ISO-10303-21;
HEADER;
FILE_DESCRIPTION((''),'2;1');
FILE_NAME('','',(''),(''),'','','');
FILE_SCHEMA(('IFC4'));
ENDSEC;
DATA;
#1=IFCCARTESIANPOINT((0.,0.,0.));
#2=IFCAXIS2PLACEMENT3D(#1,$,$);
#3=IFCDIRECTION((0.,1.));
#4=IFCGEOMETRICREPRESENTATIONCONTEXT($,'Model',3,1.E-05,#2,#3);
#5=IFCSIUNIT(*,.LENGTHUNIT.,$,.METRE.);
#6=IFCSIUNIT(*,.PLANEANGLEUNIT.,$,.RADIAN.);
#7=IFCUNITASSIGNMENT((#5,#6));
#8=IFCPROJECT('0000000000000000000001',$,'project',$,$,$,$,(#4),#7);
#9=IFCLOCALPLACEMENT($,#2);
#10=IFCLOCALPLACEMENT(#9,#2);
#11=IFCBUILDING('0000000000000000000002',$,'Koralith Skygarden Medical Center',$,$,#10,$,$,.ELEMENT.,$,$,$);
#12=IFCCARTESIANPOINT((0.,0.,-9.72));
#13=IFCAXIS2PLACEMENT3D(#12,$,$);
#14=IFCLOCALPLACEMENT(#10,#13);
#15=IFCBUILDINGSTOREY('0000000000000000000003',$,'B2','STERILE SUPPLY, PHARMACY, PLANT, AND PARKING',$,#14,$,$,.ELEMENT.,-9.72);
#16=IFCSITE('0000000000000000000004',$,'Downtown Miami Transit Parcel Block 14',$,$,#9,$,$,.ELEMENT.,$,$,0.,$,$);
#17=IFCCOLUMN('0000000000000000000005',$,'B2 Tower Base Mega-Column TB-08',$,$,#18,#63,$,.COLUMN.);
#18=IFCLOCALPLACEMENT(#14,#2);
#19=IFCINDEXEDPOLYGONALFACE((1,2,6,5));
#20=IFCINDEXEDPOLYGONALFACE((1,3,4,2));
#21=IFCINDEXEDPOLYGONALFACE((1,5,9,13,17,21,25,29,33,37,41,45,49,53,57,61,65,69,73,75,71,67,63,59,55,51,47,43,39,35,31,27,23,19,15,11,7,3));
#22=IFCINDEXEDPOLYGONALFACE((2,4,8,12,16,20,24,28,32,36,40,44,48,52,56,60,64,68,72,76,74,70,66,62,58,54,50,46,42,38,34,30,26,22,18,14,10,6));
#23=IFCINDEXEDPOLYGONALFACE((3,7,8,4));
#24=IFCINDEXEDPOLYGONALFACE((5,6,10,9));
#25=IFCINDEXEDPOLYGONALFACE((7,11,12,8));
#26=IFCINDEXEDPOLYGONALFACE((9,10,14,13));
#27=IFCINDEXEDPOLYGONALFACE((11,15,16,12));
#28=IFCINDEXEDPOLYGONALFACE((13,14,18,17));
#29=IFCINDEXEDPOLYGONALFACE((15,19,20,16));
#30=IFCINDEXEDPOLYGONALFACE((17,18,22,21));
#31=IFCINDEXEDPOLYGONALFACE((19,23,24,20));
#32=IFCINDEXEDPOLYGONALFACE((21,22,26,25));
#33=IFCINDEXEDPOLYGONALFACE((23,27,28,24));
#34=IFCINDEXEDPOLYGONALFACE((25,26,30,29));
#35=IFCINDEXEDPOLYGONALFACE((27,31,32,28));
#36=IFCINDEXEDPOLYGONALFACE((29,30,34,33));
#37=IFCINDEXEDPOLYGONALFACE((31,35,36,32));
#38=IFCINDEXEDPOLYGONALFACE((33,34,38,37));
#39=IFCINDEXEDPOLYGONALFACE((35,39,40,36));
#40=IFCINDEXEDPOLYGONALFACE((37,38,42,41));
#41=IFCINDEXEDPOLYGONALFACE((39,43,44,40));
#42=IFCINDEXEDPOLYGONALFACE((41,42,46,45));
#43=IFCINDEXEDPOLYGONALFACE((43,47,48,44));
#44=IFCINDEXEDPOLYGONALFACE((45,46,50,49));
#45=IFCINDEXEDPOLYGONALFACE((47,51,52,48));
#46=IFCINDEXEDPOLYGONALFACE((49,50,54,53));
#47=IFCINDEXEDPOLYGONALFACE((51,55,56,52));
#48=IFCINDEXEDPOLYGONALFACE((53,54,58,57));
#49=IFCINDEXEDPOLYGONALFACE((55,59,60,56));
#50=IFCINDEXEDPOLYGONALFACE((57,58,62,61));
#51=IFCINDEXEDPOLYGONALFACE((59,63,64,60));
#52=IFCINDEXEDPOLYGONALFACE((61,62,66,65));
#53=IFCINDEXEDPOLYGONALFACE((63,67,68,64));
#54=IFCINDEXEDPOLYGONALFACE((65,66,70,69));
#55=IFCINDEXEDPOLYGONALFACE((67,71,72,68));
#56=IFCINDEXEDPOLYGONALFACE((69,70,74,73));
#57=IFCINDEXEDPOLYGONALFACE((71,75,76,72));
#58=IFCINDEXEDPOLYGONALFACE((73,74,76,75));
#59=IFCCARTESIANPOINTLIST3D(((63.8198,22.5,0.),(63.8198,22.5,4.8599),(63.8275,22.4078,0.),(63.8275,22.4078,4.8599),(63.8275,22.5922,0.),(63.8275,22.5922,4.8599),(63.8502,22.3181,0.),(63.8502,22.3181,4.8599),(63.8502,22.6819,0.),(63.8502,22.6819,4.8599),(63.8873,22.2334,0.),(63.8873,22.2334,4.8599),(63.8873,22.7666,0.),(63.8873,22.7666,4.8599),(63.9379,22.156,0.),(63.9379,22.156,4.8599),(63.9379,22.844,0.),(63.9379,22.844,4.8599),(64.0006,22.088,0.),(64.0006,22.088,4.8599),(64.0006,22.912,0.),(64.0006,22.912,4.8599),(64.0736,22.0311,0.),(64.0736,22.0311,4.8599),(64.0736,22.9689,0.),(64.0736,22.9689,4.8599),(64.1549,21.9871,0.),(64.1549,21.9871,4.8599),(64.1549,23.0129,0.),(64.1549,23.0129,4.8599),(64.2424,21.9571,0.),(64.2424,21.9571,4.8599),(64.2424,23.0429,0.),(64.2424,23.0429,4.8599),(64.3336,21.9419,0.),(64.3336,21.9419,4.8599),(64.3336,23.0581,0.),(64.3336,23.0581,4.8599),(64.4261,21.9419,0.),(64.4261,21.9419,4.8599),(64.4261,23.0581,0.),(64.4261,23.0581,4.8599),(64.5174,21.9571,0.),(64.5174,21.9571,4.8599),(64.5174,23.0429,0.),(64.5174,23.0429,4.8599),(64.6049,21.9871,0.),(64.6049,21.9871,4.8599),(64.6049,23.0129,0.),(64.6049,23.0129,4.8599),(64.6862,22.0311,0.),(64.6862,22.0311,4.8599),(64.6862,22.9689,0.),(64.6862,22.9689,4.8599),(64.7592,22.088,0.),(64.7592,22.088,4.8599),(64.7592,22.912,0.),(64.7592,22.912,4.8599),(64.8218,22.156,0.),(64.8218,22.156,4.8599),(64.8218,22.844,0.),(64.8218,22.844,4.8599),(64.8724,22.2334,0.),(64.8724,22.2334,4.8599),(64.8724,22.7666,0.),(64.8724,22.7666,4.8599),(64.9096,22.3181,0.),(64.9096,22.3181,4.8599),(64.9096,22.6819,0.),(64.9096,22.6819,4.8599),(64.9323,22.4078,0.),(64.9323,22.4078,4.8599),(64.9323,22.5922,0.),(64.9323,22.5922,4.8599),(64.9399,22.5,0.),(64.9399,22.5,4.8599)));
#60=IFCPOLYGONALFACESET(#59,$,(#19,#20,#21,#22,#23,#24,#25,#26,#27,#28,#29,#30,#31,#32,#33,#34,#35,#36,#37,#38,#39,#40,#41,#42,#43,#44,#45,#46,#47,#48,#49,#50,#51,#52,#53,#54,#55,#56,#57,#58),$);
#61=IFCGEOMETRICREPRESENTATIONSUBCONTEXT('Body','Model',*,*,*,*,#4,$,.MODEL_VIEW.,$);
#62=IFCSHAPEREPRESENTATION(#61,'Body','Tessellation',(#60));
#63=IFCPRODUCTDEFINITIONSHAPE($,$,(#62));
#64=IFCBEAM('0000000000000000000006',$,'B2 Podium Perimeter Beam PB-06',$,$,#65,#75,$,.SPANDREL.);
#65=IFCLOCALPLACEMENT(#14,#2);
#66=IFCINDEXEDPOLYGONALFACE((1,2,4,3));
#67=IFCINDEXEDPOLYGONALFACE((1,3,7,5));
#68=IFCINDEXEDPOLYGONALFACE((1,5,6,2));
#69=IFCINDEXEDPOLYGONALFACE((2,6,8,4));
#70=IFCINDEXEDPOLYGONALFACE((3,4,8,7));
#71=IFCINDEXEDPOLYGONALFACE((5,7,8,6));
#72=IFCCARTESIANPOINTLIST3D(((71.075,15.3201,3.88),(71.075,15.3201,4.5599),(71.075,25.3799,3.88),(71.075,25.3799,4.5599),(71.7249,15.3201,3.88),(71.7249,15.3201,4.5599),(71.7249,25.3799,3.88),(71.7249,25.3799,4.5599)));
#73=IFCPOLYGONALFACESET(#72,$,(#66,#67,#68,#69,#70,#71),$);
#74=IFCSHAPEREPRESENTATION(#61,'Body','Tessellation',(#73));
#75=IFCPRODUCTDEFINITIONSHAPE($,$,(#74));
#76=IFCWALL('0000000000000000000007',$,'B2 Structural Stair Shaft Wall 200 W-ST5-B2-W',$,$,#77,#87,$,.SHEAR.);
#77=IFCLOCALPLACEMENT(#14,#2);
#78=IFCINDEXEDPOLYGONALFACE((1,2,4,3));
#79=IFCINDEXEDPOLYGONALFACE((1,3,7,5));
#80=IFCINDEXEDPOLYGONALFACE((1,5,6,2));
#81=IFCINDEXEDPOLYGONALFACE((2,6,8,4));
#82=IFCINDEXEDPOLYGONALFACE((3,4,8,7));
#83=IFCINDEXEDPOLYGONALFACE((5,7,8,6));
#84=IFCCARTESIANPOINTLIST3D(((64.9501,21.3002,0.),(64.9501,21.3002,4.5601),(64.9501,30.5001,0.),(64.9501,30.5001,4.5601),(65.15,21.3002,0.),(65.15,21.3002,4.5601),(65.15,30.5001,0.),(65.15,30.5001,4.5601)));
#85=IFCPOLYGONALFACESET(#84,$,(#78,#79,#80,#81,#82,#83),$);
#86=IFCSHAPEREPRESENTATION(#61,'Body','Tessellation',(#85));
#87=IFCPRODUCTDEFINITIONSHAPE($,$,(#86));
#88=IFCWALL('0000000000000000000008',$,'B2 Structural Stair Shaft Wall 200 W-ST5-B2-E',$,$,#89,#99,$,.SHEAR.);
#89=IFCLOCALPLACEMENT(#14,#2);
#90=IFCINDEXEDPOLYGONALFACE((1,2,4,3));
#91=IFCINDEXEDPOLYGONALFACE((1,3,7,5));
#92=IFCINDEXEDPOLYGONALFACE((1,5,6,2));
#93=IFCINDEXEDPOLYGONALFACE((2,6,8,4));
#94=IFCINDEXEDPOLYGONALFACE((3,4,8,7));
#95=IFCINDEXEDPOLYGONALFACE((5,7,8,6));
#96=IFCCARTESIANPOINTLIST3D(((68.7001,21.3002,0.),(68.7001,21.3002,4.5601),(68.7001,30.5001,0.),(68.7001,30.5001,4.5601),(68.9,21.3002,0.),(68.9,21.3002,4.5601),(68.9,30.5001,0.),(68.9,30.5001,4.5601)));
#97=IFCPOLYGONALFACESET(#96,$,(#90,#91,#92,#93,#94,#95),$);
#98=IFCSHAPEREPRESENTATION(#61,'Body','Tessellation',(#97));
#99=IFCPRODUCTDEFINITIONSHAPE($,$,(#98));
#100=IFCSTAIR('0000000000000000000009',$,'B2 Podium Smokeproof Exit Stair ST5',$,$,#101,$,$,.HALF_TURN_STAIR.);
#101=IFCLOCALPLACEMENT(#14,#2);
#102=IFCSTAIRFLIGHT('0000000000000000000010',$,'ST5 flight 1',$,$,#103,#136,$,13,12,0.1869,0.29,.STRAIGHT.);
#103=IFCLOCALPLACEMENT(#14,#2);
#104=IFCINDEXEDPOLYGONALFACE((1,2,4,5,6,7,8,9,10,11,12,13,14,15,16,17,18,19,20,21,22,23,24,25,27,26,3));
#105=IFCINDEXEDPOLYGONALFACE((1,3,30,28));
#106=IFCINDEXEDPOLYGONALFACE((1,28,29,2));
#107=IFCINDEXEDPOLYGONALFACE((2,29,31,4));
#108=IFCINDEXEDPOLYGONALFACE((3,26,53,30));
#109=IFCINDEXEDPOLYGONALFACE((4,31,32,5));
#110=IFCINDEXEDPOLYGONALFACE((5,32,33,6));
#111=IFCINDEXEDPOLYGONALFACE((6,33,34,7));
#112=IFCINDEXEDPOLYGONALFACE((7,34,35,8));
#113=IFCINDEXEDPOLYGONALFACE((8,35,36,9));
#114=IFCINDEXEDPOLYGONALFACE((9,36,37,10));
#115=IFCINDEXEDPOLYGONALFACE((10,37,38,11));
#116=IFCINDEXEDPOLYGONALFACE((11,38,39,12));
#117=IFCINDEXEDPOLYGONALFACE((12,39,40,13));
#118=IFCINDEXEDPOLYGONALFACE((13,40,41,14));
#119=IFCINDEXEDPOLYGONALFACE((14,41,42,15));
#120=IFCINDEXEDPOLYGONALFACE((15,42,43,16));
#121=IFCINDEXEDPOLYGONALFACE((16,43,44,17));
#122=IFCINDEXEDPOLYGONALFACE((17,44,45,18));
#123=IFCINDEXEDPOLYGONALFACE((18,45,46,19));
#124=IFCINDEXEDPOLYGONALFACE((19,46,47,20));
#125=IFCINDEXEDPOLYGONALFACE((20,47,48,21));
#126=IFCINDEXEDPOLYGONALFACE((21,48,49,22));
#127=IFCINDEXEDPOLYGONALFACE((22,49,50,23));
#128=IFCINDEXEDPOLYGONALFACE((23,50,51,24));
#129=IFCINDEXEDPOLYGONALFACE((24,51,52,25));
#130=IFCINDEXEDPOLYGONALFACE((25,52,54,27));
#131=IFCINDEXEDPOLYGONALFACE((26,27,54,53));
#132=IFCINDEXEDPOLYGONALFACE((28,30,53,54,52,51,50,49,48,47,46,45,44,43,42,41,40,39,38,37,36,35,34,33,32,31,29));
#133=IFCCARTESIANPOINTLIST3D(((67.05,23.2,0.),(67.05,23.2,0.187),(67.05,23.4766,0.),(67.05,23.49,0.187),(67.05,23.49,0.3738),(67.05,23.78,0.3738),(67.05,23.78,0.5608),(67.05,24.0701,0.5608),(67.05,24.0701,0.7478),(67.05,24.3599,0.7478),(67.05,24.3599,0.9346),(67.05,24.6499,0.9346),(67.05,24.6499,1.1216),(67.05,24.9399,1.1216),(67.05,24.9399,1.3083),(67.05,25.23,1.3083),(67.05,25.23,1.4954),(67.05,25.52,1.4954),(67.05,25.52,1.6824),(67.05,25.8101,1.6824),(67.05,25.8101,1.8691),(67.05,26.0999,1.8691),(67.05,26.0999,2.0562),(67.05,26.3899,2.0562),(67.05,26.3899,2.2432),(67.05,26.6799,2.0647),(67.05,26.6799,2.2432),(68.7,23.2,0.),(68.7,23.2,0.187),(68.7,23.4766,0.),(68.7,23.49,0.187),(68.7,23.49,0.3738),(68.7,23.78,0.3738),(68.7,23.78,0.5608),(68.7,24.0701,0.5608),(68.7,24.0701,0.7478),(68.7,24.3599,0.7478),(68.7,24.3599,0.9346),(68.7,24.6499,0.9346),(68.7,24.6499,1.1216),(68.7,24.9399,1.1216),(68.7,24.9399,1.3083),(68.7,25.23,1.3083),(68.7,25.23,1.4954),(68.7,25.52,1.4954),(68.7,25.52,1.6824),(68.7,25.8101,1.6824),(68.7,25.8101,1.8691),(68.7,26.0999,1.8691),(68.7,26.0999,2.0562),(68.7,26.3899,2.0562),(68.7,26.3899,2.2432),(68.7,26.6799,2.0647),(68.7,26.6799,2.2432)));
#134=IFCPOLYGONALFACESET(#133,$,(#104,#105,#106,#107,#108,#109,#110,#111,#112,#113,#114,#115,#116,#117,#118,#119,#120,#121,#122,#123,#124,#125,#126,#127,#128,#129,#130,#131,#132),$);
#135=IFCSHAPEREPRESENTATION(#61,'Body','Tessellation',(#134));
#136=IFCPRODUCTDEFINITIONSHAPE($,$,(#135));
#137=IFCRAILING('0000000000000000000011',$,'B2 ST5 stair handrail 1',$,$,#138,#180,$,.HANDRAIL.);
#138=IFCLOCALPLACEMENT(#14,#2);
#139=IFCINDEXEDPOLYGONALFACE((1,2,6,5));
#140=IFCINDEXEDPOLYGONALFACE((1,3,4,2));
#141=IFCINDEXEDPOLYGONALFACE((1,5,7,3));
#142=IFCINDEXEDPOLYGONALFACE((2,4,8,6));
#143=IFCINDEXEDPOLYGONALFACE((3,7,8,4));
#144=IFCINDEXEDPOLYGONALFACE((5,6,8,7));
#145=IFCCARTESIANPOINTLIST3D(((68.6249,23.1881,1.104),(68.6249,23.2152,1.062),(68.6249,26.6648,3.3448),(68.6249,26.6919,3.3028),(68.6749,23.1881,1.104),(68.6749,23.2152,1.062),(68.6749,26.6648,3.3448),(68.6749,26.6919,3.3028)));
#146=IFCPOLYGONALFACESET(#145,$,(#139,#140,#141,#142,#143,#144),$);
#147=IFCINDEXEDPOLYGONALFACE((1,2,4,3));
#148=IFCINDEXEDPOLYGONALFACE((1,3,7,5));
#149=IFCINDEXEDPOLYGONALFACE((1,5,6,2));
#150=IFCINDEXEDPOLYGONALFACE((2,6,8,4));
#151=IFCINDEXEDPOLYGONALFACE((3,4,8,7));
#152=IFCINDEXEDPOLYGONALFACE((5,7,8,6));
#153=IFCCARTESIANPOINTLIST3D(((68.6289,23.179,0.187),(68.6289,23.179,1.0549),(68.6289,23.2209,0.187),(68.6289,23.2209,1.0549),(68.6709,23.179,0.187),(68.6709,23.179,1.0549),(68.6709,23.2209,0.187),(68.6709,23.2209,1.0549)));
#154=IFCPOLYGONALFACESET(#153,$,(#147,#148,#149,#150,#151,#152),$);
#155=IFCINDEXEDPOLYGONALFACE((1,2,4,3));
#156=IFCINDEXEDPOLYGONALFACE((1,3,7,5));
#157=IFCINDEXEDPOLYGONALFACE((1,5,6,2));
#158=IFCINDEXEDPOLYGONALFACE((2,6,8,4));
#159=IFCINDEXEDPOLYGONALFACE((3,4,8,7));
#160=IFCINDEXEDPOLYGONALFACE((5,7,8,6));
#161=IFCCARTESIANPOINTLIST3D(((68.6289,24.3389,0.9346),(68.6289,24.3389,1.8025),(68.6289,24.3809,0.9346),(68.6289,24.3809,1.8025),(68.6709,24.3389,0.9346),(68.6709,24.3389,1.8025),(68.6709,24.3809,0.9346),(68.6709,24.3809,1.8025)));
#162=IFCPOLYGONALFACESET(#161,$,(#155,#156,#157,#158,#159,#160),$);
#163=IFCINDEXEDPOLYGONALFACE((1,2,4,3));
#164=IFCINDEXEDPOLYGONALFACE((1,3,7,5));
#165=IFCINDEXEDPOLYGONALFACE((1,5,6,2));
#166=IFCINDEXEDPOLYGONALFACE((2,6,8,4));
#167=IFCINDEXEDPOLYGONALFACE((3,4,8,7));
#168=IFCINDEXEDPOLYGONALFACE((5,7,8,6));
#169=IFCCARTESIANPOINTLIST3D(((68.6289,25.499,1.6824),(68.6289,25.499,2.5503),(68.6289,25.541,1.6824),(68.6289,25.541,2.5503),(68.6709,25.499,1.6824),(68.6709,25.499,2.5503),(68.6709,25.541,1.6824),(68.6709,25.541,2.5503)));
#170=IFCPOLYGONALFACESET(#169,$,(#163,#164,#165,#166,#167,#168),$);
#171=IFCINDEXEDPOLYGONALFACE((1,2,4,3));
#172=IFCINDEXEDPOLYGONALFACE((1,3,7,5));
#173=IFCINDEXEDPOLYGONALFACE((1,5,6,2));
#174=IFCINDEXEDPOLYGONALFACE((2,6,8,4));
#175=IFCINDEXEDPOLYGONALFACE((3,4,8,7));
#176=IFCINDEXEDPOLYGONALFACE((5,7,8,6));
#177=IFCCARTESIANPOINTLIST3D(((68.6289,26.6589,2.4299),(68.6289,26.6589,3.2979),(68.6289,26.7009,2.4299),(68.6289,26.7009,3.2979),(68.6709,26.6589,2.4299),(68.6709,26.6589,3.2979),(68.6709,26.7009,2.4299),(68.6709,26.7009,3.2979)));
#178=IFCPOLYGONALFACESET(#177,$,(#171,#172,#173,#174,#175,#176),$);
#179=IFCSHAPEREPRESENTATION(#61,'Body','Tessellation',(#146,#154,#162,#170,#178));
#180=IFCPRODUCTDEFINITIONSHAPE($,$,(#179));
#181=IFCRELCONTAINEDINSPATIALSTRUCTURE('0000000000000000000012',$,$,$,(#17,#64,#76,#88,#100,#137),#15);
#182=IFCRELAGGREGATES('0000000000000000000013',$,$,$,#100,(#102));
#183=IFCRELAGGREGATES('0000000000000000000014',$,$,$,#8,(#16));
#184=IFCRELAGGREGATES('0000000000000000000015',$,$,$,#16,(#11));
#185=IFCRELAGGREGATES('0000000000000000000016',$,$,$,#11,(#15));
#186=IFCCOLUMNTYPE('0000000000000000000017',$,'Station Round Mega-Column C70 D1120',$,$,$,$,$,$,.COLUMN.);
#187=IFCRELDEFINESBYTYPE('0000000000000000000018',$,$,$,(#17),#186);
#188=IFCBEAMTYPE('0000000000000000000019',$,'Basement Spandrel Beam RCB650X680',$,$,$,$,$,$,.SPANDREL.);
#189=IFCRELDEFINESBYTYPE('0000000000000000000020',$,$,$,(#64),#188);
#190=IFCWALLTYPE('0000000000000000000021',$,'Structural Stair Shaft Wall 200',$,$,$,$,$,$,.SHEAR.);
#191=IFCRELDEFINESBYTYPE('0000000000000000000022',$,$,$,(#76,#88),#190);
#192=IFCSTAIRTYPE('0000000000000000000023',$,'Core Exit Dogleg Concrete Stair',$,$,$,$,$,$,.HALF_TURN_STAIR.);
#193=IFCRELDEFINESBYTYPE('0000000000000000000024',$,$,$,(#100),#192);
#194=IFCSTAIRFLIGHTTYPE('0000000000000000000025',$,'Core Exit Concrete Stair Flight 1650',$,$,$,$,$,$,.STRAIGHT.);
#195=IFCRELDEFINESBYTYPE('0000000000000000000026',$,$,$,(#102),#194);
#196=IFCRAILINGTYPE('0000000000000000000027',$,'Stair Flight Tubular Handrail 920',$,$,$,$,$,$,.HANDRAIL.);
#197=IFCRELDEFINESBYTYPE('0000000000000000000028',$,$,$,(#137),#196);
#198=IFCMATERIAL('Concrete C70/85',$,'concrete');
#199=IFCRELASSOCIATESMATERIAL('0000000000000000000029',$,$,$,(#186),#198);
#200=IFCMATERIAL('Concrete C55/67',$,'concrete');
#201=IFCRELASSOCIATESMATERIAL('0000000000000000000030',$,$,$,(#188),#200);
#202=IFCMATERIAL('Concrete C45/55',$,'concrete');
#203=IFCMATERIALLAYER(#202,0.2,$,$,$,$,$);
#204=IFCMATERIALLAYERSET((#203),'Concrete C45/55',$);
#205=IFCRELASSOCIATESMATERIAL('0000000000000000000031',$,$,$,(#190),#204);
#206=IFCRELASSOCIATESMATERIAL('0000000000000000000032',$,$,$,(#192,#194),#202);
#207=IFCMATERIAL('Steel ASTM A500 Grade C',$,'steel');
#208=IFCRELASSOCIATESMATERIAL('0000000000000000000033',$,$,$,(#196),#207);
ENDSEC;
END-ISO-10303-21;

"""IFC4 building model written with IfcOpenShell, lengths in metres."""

from ifc_helpers import new_model, si_unit, direction, frame, frame_2d, origin, origin_2d, place, context, subcontext, project, spatial, polyline, rectangle, circle, outline, extrude, material, layer, layer_set, material_profile, profile_set, type_object, element, aggregate, save


model = new_model("IFC4")

# Units and contexts
model_context = context("Model", 3, precision=1e-05, world=origin(), true_north=direction((0.0, 1.0)))
body_context = subcontext(model_context, "Body", "Model", "MODEL_VIEW")
ifc_project = project(units=[si_unit("LENGTHUNIT", "METRE"), si_unit("PLANEANGLEUNIT", "RADIAN")], contexts=[model_context])

# Site, building, storey
site_placement = place(None, origin())
site = spatial("IfcSite", under=ifc_project, at=site_placement, Name="Downtown Miami Transit Parcel Block 14", CompositionType="ELEMENT", RefElevation=0.0)
building_placement = place(site_placement, origin())
building = spatial("IfcBuilding", under=site, at=building_placement, Name="Koralith Skygarden Medical Center", CompositionType="ELEMENT")
storey_placement = place(building_placement, frame((0.0, 0.0, -9.72)))
storey = spatial("IfcBuildingStorey", under=building, at=storey_placement, Name="B2", Description="STERILE SUPPLY, PHARMACY, PLANT, AND PARKING", CompositionType="ELEMENT", Elevation=-9.72)

# Shared definitions
ifc_material_1 = material(Name="Concrete C55/67", Category="concrete")

# Shared definitions
ifc_material_2 = material(Name="Concrete C45/55", Category="concrete")

# Column
ifc_material_3 = material(Name="Concrete C70/85", Category="concrete")
ifc_material_profile_1 = material_profile(ifc_material_3, circle(Radius=0.5601, at=origin_2d()), Name="RCCOL1120")
ifc_profile_set_1 = profile_set([ifc_material_profile_1], Name="Concrete C70/85")
column_type_1 = type_object("IfcColumnType", Name="Station Round Mega-Column C70 D1120", PredefinedType="COLUMN", material=ifc_profile_set_1)
column_1_placement = place(storey_placement, frame((64.3799, 22.5, 0.0), z_axis=(0.0, 0.0, 1.0), x_axis=(1.0, 0.0, 0.0)))
element("IfcColumn", 1, at=column_1_placement, inside=storey, type_object=column_type_1, Name="B2 Tower Base Mega-Column TB-08", PredefinedType="COLUMN", context=body_context, shape_type="SweptSolid", body=[
    extrude(circle(Radius=0.5601, at=origin_2d()), origin(), (0.0, 0.0, 1.0), 4.8599),
])

# Beam
ifc_material_profile_2 = material_profile(ifc_material_1, rectangle(XDim=0.6499, YDim=0.6799, at=origin_2d()), Name="RCB650X680")
ifc_profile_set_2 = profile_set([ifc_material_profile_2], Name="Concrete C55/67")
beam_type = type_object("IfcBeamType", Name="Basement Spandrel Beam RCB650X680", PredefinedType="SPANDREL", material=ifc_profile_set_2)
beam_placement = place(storey_placement, frame((71.3999, 15.3201, 4.22), z_axis=(0.0, 1.0, 0.0), x_axis=(-1.0, 0.0, 0.0)))
element("IfcBeam", 2, at=beam_placement, inside=storey, type_object=beam_type, Name="B2 Podium Perimeter Beam PB-06", PredefinedType="SPANDREL", context=body_context, shape_type="SweptSolid", body=[
    extrude(rectangle(XDim=0.6499, YDim=0.6799, at=origin_2d()), origin(), (0.0, 0.0, 1.0), 10.0598),
])

# Shared definitions
ifc_layer = layer(ifc_material_2, 0.2)
ifc_layer_set = layer_set([ifc_layer], Name="Concrete C45/55")
wall_type = type_object("IfcWallType", Name="Structural Stair Shaft Wall 200", PredefinedType="SHEAR", material=ifc_layer_set)
ifc_material_4 = material(Name="Steel ASTM A500 Grade C", Category="steel")

# Walls
for number, where, z_axis, x_axis, name in (
    (3, (65.05, 21.3, 0.0), (0.0, 0.0, 1.0), (0.0, 1.0, 0.0), "B2 Structural Stair Shaft Wall 200 W-ST5-B2-W"),
    (4, (68.8, 21.3, 0.0), (0.0, 0.0, 1.0), (0.0, 1.0, 0.0), "B2 Structural Stair Shaft Wall 200 W-ST5-B2-E"),
):
    element("IfcWall", number, at=place(storey_placement, frame(where, z_axis=z_axis, x_axis=x_axis)), inside=storey, type_object=wall_type, Name=name, PredefinedType="SHEAR", context=body_context, shape_type="SweptSolid", body=[
        extrude(rectangle(XDim=9.2, YDim=0.2, at=frame_2d((4.6001, 0.0))), origin(), (0.0, 0.0, 1.0), 4.5601),
    ])

# Stair, stair flight
stair_type = type_object("IfcStairType", Name="Core Exit Dogleg Concrete Stair", PredefinedType="HALF_TURN_STAIR", material=ifc_material_2)
stair_placement = place(storey_placement, origin())
stair = element("IfcStair", 5, at=stair_placement, inside=storey, type_object=stair_type, Name="B2 Podium Smokeproof Exit Stair ST5", PredefinedType="HALF_TURN_STAIR")
stair_flight_type = type_object("IfcStairFlightType", Name="Core Exit Concrete Stair Flight 1650", PredefinedType="STRAIGHT", material=ifc_material_2)
stair_flight_placement = place(storey_placement, frame((67.875, 23.2, 0.0), z_axis=(0.0, 0.0, 1.0), x_axis=(0.0, 1.0, 0.0)))
stair_flight = element("IfcStairFlight", 6, at=stair_flight_placement, type_object=stair_flight_type, Name="ST5 flight 1", NumberOfRisers=13, NumberOfTreads=12, PredefinedType="STRAIGHT", RiserHeight=0.1869, TreadLength=0.29, context=body_context, shape_type="SweptSolid", body=[
    extrude(outline(polyline([(0.0, 0.0), (0.0, 0.187), (0.29, 0.187), (0.29, 0.3738), (0.5801, 0.3738), (0.5801, 0.5608), (0.8701, 0.5608), (0.8701, 0.7478), (1.1599, 0.7478), (1.1599, 0.9346), (1.45, 0.9346), (1.45, 1.1216), (1.74, 1.1216), (1.74, 1.3083), (2.03, 1.3083), (2.03, 1.4954), (2.3201, 1.4954), (2.3201, 1.6824), (2.6101, 1.6824), (2.6101, 1.8691), (2.8999, 1.8691), (2.8999, 2.0562), (3.1899, 2.0562), (3.1899, 2.2432), (3.48, 2.2432), (3.48, 2.4299), (3.48, 2.0647), (0.2766, 0.0), (0.0, 0.0)])), frame((0.0, 0.825, 0.0), z_axis=(0.0, -1.0, 0.0), x_axis=(1.0, 0.0, 0.0)), (0.0, 0.0, 1.0), 1.6499),
])
aggregate(stair, [stair_flight])

# Railing
railing_type_1 = type_object("IfcRailingType", Name="Stair Flight Tubular Handrail 920", PredefinedType="HANDRAIL", material=ifc_material_4)
railing_1_placement = place(storey_placement, frame((68.6499, 23.2, 0.187)))
element("IfcRailing", 7, at=railing_1_placement, inside=storey, type_object=railing_type_1, Name="B2 ST5 stair handrail 1", PredefinedType="HANDRAIL", context=body_context, shape_type="SweptSolid", body=[
    extrude(rectangle(XDim=0.05, YDim=0.05, at=origin_2d()), frame((0.0, 0.0017, 0.896), z_axis=(0.0, 0.840542, 0.541747), x_axis=(-1.0, 0.0, 0.0)), (0.0, 0.0, 1.0), 4.1362),
    extrude(rectangle(XDim=0.042, YDim=0.042, at=origin_2d()), origin(), (0.0, 0.0, 1.0), 0.8679),
    extrude(rectangle(XDim=0.042, YDim=0.042, at=origin_2d()), frame((0.0, 1.1599, 0.7476)), (0.0, 0.0, 1.0), 0.8679),
    extrude(rectangle(XDim=0.042, YDim=0.042, at=origin_2d()), frame((0.0, 2.3201, 1.4954)), (0.0, 0.0, 1.0), 0.8679),
    extrude(rectangle(XDim=0.042, YDim=0.042, at=origin_2d()), frame((0.0, 3.48, 2.2429)), (0.0, 0.0, 1.0), 0.8679),
])

save(model, "model.ifc")
